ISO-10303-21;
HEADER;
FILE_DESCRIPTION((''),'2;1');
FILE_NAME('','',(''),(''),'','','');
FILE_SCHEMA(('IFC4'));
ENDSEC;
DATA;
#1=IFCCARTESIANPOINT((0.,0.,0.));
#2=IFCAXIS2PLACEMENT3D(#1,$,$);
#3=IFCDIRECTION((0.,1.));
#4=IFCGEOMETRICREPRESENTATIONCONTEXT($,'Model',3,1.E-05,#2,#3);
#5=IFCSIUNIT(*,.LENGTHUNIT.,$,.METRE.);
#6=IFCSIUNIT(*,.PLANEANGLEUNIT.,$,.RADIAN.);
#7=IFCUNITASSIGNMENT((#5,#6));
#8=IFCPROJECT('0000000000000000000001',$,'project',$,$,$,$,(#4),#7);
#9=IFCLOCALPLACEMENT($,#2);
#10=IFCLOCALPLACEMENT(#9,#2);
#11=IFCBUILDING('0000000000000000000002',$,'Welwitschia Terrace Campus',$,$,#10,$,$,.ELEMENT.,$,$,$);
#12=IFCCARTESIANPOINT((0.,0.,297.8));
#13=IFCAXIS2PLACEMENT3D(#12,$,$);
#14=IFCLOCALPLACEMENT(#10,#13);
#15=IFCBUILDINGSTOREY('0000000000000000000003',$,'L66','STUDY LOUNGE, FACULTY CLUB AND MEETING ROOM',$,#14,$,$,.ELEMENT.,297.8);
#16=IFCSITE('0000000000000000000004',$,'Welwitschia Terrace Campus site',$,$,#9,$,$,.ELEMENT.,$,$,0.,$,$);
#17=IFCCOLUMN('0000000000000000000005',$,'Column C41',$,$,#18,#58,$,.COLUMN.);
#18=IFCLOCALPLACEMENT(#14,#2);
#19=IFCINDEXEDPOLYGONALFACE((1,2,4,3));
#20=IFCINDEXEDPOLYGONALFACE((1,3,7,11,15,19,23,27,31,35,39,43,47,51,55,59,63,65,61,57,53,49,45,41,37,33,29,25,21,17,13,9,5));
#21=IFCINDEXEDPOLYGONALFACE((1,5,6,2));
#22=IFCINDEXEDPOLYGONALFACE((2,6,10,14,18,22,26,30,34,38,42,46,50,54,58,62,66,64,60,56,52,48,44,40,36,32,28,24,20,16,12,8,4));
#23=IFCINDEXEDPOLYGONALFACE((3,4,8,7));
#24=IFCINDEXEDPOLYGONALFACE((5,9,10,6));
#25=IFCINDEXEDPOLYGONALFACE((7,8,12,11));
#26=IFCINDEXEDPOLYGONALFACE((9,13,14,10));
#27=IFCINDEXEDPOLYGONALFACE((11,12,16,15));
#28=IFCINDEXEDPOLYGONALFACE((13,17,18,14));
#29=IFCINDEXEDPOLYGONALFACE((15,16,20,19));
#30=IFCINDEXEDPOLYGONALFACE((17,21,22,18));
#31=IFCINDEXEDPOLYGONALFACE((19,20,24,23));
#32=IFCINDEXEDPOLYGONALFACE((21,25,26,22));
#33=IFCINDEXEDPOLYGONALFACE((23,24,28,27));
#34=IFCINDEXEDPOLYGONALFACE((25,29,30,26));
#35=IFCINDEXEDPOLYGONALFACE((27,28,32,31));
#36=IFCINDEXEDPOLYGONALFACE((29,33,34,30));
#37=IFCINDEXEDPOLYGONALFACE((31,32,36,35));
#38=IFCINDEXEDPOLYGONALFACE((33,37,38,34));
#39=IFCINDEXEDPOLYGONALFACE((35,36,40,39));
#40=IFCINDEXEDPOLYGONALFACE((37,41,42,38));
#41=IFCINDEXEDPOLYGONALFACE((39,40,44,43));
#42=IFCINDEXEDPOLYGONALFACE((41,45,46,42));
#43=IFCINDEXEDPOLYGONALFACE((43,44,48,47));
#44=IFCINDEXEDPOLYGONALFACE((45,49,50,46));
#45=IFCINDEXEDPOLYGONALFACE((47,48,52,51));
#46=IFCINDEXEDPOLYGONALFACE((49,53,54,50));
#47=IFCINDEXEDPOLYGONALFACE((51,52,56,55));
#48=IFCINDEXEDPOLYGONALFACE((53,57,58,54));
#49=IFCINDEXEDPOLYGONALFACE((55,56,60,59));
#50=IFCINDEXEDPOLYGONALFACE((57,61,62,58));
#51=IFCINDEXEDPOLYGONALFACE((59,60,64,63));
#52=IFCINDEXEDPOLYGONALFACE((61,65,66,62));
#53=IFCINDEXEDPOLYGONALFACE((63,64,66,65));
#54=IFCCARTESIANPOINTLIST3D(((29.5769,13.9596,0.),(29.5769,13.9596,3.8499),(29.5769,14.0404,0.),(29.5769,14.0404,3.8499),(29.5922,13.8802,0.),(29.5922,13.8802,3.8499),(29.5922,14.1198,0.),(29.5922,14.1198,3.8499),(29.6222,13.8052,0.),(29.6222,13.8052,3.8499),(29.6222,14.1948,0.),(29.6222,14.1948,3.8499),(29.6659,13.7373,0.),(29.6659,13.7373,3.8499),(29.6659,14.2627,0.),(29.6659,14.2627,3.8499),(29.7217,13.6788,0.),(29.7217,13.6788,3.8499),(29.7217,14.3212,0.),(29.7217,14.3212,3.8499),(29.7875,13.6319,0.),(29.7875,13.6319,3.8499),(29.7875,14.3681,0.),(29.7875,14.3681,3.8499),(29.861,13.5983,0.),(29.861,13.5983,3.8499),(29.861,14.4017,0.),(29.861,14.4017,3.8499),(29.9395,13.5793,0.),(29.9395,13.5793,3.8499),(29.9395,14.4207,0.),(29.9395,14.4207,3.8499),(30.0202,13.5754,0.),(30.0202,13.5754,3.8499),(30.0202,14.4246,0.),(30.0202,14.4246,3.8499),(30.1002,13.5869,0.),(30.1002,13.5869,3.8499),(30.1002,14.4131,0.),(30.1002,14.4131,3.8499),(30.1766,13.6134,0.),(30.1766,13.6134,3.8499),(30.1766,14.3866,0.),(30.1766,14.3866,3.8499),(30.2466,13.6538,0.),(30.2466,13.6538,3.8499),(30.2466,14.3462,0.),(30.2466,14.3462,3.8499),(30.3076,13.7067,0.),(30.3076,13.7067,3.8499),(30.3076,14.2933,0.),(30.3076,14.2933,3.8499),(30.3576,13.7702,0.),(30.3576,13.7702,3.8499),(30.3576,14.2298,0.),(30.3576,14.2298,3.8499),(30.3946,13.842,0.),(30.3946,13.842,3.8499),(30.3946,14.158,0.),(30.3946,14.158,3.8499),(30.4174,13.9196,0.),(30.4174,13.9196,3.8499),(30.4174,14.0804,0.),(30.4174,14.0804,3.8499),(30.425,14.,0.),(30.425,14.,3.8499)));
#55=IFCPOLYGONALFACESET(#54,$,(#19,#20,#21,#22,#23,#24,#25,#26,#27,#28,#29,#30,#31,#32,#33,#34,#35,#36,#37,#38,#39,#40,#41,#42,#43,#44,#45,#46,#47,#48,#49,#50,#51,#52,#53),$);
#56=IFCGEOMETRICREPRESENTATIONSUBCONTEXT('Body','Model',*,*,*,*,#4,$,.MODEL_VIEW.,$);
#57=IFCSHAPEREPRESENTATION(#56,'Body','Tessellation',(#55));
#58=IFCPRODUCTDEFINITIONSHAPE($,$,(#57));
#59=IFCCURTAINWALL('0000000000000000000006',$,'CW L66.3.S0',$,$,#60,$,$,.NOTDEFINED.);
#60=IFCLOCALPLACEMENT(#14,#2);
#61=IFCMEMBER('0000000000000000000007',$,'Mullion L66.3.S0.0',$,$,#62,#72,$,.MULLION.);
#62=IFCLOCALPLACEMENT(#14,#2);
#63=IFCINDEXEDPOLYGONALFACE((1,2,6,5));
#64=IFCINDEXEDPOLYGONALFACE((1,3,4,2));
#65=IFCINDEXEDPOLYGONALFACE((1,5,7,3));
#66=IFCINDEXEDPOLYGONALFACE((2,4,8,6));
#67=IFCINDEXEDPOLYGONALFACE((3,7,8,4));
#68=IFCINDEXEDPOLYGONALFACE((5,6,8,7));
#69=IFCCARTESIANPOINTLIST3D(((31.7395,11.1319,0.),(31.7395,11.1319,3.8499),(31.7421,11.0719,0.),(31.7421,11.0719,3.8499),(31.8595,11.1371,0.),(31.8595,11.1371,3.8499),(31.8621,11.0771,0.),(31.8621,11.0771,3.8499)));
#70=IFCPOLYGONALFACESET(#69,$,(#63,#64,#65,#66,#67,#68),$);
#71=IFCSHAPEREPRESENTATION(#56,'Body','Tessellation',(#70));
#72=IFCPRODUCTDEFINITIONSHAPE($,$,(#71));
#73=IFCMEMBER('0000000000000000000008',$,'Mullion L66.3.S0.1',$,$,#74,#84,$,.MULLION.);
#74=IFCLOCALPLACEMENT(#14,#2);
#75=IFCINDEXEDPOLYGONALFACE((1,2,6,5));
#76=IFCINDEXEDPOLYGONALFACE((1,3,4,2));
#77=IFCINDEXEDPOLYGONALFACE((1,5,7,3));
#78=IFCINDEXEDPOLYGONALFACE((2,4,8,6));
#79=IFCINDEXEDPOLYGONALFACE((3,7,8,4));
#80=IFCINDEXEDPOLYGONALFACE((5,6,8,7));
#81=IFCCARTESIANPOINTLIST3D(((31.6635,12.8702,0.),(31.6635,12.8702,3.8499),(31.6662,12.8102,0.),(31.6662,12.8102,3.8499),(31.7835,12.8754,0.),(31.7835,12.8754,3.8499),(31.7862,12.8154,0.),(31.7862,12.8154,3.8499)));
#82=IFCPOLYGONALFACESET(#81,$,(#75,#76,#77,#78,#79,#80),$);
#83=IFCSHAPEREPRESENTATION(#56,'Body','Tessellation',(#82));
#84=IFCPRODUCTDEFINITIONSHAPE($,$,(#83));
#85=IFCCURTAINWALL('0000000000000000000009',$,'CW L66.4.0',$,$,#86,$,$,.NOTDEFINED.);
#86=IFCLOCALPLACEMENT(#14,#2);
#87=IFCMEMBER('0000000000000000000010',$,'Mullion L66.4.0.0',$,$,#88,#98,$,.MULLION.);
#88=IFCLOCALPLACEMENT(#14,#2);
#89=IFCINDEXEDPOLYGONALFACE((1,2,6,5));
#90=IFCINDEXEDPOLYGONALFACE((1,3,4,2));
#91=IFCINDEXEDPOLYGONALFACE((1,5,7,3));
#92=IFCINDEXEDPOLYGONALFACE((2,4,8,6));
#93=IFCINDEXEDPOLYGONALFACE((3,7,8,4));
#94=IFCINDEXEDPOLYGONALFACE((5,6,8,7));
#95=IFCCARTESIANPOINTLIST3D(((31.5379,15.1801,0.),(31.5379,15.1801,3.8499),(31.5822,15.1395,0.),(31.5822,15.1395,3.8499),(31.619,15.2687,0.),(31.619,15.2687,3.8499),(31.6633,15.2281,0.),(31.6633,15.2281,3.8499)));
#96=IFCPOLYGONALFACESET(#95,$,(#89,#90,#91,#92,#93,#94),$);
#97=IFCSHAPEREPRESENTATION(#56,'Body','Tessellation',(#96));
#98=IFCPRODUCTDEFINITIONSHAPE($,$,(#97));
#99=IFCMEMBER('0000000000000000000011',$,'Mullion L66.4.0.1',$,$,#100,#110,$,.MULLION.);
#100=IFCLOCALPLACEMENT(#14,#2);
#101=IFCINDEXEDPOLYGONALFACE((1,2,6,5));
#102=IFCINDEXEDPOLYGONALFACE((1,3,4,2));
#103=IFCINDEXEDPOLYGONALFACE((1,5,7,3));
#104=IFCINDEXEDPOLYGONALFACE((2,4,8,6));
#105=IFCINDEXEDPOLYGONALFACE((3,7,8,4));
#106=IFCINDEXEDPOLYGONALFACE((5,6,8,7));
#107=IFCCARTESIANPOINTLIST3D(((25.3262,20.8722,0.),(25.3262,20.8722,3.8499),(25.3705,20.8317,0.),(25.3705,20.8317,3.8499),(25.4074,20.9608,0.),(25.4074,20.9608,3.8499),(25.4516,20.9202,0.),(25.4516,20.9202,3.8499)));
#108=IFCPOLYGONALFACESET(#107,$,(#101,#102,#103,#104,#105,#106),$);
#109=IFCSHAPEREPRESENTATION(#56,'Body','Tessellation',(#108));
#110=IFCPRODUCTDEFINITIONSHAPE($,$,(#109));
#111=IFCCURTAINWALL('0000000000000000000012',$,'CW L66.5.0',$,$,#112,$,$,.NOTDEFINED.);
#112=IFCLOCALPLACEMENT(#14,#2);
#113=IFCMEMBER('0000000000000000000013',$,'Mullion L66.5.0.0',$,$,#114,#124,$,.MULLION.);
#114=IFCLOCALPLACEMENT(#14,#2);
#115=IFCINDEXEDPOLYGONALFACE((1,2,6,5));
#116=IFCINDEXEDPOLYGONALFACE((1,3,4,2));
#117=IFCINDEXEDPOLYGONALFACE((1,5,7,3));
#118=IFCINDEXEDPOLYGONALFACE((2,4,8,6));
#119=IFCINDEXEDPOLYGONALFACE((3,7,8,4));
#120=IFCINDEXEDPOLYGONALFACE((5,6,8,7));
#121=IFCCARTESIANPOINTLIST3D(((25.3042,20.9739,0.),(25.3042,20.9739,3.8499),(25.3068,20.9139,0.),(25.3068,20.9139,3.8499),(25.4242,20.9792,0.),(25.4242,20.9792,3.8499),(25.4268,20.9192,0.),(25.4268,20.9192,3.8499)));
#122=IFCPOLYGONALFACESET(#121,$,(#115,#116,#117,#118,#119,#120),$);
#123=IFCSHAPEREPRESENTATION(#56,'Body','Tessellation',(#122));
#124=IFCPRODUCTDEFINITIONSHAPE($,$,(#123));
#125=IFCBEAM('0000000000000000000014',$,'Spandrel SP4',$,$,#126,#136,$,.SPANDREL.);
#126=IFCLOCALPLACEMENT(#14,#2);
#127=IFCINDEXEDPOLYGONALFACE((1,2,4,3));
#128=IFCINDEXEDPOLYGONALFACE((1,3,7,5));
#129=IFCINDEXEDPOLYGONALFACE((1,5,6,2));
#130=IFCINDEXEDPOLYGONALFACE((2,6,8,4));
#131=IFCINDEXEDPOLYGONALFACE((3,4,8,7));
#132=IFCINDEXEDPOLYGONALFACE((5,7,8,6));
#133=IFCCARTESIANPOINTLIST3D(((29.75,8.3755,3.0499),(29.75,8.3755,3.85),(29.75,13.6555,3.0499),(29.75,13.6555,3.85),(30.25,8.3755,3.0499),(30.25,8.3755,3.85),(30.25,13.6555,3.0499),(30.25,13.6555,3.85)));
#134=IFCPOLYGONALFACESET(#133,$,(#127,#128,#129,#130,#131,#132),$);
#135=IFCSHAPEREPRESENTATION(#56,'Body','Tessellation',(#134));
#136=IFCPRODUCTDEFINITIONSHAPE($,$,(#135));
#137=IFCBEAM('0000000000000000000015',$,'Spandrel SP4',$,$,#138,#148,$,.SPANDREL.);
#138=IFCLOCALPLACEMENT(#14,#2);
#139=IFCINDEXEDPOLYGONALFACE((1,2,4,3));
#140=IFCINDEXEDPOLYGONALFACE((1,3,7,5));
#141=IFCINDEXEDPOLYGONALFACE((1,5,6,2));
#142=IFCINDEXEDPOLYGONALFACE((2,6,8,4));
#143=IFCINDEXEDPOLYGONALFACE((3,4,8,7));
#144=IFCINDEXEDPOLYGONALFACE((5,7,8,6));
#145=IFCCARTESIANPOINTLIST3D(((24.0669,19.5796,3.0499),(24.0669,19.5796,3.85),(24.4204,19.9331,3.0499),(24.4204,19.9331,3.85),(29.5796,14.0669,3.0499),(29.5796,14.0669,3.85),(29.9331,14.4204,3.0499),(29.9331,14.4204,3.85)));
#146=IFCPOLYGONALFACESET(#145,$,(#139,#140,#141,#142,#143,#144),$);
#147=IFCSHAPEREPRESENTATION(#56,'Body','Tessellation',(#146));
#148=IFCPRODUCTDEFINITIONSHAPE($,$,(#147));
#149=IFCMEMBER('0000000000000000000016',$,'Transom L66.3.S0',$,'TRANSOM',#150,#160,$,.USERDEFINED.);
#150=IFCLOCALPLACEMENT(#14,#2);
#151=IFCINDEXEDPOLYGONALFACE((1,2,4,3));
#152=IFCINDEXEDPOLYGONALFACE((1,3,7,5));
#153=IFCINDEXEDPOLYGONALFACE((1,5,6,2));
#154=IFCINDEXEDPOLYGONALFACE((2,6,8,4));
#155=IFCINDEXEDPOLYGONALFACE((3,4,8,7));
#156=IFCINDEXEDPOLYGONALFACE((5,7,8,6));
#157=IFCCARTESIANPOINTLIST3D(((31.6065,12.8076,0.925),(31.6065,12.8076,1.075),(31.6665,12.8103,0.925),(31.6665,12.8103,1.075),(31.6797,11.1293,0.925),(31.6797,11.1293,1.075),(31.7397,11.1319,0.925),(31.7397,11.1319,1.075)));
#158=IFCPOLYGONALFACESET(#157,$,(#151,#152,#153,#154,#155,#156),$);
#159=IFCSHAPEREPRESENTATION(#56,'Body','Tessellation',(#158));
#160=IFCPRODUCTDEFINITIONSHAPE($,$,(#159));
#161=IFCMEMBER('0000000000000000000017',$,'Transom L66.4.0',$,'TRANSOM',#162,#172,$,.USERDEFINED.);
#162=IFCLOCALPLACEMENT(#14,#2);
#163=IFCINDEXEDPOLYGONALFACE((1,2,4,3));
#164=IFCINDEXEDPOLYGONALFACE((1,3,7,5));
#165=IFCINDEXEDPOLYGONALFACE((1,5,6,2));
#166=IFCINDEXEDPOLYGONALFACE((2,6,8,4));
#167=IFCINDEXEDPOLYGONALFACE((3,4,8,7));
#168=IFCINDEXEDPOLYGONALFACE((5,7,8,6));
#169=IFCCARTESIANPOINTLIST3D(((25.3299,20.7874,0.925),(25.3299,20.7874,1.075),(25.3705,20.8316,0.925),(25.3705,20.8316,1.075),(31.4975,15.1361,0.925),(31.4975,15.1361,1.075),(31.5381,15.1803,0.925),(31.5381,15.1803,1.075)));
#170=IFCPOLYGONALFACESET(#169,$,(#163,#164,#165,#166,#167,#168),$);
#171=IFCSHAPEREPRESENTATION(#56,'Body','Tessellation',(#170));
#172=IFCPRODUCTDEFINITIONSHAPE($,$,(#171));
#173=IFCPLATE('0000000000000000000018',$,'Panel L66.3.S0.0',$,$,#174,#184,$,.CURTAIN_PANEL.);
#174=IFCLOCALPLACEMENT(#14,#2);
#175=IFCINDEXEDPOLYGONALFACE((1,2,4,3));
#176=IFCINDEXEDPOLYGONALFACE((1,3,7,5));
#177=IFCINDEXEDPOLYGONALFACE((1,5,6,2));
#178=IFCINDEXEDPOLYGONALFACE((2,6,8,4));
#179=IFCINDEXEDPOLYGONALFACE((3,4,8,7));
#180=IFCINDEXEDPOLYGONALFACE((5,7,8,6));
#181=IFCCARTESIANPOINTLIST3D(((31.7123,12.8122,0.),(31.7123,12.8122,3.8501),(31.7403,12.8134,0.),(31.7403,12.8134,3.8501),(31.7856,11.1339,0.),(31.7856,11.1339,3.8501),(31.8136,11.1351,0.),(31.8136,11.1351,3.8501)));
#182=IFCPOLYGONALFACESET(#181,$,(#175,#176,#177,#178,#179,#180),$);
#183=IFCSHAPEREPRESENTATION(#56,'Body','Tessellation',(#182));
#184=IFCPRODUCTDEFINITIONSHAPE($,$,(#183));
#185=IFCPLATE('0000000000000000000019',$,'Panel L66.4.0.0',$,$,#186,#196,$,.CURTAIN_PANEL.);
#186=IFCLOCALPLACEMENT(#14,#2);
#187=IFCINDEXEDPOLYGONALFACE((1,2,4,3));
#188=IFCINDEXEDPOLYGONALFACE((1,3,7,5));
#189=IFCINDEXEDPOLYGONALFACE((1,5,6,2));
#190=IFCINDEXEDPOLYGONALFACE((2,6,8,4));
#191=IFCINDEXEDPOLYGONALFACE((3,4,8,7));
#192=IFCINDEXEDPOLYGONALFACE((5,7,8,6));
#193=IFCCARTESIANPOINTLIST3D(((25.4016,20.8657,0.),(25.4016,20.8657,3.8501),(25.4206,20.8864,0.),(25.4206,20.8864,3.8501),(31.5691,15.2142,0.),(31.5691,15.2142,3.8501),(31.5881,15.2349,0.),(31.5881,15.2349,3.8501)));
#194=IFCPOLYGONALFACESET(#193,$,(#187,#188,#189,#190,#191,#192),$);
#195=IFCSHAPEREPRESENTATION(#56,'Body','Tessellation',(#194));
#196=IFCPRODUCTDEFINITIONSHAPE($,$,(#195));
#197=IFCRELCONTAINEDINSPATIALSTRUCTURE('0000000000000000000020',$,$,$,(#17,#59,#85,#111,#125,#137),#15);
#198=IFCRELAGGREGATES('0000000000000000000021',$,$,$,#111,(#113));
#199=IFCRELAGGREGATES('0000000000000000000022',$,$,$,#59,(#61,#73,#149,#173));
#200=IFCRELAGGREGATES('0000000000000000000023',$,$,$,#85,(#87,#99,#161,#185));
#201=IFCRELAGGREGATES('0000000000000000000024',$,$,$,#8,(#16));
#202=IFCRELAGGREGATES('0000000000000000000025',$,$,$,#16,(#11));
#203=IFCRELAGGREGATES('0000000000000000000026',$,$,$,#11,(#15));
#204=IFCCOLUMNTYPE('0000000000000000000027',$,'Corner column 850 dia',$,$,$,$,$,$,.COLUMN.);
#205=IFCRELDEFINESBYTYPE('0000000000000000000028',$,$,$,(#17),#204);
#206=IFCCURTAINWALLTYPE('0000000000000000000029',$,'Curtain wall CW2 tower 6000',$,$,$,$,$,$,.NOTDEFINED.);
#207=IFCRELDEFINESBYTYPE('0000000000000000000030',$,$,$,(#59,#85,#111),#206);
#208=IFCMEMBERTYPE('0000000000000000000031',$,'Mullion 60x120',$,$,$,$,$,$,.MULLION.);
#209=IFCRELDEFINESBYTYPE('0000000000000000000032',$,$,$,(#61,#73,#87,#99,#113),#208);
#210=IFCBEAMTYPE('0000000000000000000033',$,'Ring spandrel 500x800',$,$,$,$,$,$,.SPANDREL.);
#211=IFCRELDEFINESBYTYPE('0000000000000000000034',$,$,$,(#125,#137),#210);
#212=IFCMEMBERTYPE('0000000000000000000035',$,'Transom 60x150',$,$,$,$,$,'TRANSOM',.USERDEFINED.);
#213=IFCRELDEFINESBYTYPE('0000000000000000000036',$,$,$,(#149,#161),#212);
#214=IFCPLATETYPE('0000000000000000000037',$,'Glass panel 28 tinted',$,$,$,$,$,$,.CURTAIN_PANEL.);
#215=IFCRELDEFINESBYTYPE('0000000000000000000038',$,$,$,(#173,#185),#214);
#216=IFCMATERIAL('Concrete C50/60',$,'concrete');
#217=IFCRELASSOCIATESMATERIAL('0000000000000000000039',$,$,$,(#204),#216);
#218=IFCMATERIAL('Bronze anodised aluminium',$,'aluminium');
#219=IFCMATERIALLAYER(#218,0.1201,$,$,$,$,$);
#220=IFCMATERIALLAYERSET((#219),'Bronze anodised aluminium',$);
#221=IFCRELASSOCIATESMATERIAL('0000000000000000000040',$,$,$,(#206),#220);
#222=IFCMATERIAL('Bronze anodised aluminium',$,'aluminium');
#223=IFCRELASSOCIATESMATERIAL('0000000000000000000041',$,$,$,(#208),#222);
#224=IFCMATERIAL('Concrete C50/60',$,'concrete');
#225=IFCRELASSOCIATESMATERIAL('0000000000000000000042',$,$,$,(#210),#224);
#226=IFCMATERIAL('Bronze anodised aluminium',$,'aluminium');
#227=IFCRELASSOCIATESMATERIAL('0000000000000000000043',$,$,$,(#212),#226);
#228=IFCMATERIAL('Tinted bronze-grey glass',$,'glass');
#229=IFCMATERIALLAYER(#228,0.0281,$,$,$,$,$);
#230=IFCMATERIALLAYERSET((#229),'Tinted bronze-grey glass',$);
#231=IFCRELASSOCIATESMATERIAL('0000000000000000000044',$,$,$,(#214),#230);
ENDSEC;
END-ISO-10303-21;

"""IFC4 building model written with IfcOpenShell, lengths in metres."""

from ifc_helpers import new_model, si_unit, direction, frame, origin, origin_2d, place, context, subcontext, project, spatial, rectangle, circle, extrude, material, layer, layer_set, material_profile, profile_set, type_object, element, aggregate, save


model = new_model("IFC4")

# Units and contexts
model_context = context("Model", 3, precision=1e-05, world=origin(), true_north=direction((0.0, 1.0)))
body_context = subcontext(model_context, "Body", "Model", "MODEL_VIEW")
ifc_project = project(units=[si_unit("LENGTHUNIT", "METRE"), si_unit("PLANEANGLEUNIT", "RADIAN")], contexts=[model_context])

# Site, building, storey
site_placement = place(None, origin())
site = spatial("IfcSite", under=ifc_project, at=site_placement, Name="Welwitschia Terrace Campus site", CompositionType="ELEMENT", RefElevation=0.0)
building_placement = place(site_placement, origin())
building = spatial("IfcBuilding", under=site, at=building_placement, Name="Welwitschia Terrace Campus", CompositionType="ELEMENT")
storey_placement = place(building_placement, frame((0.0, 0.0, 297.8)))
storey = spatial("IfcBuildingStorey", under=building, at=storey_placement, Name="L66", Description="STUDY LOUNGE, FACULTY CLUB AND MEETING ROOM", CompositionType="ELEMENT", Elevation=297.8)

# Column
ifc_material_1 = material(Name="Concrete C50/60", Category="concrete")
ifc_material_profile_1 = material_profile(ifc_material_1, circle(Radius=0.425, at=origin_2d()))
ifc_profile_set_1 = profile_set([ifc_material_profile_1], Name="Concrete C50/60")
column_type = type_object("IfcColumnType", Name="Corner column 850 dia", PredefinedType="COLUMN", material=ifc_profile_set_1)
column_placement = place(storey_placement, frame((30.0, 14.0, 0.0), z_axis=(0.0, 0.0, 1.0), x_axis=(1.0, 0.0, 0.0)))
element("IfcColumn", 1, at=column_placement, inside=storey, type_object=column_type, Name="Column C41", PredefinedType="COLUMN", context=body_context, shape_type="SweptSolid", body=[
    extrude(circle(Radius=0.425, at=origin_2d()), origin(), (0.0, 0.0, 1.0), 3.8499),
])

# Curtain walls, members
ifc_material_2 = material(Name="Bronze anodised aluminium", Category="aluminium")
ifc_layer_1 = layer(ifc_material_2, 0.1201)
ifc_layer_set_1 = layer_set([ifc_layer_1], Name="Bronze anodised aluminium")
curtain_wall_type = type_object("IfcCurtainWallType", Name="Curtain wall CW2 tower 6000", PredefinedType="NOTDEFINED", material=ifc_layer_set_1)
curtain_wall_1_placement = place(storey_placement, origin())
curtain_wall_1 = element("IfcCurtainWall", 2, at=curtain_wall_1_placement, inside=storey, type_object=curtain_wall_type, Name="CW L66.3.S0", PredefinedType="NOTDEFINED")
ifc_material_3 = material(Name="Bronze anodised aluminium", Category="aluminium")
ifc_material_profile_2 = material_profile(ifc_material_3, rectangle(XDim=0.1201, YDim=0.0601, at=origin_2d()))
ifc_profile_set_2 = profile_set([ifc_material_profile_2], Name="Bronze anodised aluminium")
member_type_1 = type_object("IfcMemberType", Name="Mullion 60x120", PredefinedType="MULLION", material=ifc_profile_set_2)
member_1_placement = place(storey_placement, frame((31.8008, 11.1045, 0.0), z_axis=(0.0, 0.0, 1.0), x_axis=(-0.999048, -0.043619, 0.0)))
member_1 = element("IfcMember", 3, at=member_1_placement, type_object=member_type_1, Name="Mullion L66.3.S0.0", PredefinedType="MULLION", context=body_context, shape_type="SweptSolid", body=[
    extrude(rectangle(XDim=0.1201, YDim=0.0601, at=origin_2d()), origin(), (0.0, 0.0, 1.0), 3.8499),
])
member_2_placement = place(storey_placement, frame((31.7249, 12.8428, 0.0), z_axis=(0.0, 0.0, 1.0), x_axis=(-0.999048, -0.043619, 0.0)))
member_2 = element("IfcMember", 4, at=member_2_placement, type_object=member_type_1, Name="Mullion L66.3.S0.1", PredefinedType="MULLION", context=body_context, shape_type="SweptSolid", body=[
    extrude(rectangle(XDim=0.1201, YDim=0.0601, at=origin_2d()), origin(), (0.0, 0.0, 1.0), 3.8499),
])
curtain_wall_2_placement = place(storey_placement, origin())
curtain_wall_2 = element("IfcCurtainWall", 5, at=curtain_wall_2_placement, inside=storey, type_object=curtain_wall_type, Name="CW L66.4.0", PredefinedType="NOTDEFINED")
member_3_placement = place(storey_placement, frame((31.6006, 15.2041, 0.0), z_axis=(0.0, 0.0, 1.0), x_axis=(-0.67559, -0.737277, 0.0)))
member_3 = element("IfcMember", 6, at=member_3_placement, type_object=member_type_1, Name="Mullion L66.4.0.0", PredefinedType="MULLION", context=body_context, shape_type="SweptSolid", body=[
    extrude(rectangle(XDim=0.1201, YDim=0.0601, at=origin_2d()), origin(), (0.0, 0.0, 1.0), 3.8499),
])
member_4_placement = place(storey_placement, frame((25.3889, 20.8962, 0.0), z_axis=(0.0, 0.0, 1.0), x_axis=(-0.67559, -0.737277, 0.0)))
member_4 = element("IfcMember", 7, at=member_4_placement, type_object=member_type_1, Name="Mullion L66.4.0.1", PredefinedType="MULLION", context=body_context, shape_type="SweptSolid", body=[
    extrude(rectangle(XDim=0.1201, YDim=0.0601, at=origin_2d()), origin(), (0.0, 0.0, 1.0), 3.8499),
])

# Curtain wall, member
curtain_wall_3_placement = place(storey_placement, origin())
curtain_wall_3 = element("IfcCurtainWall", 8, at=curtain_wall_3_placement, inside=storey, type_object=curtain_wall_type, Name="CW L66.5.0", PredefinedType="NOTDEFINED")
member_5_placement = place(storey_placement, frame((25.3655, 20.9465, 0.0), z_axis=(0.0, 0.0, 1.0), x_axis=(-0.999048, -0.043619, 0.0)))
member_5 = element("IfcMember", 9, at=member_5_placement, type_object=member_type_1, Name="Mullion L66.5.0.0", PredefinedType="MULLION", context=body_context, shape_type="SweptSolid", body=[
    extrude(rectangle(XDim=0.1201, YDim=0.0601, at=origin_2d()), origin(), (0.0, 0.0, 1.0), 3.8499),
])
aggregate(curtain_wall_3, [member_5])

# Beams
ifc_material_4 = material(Name="Concrete C50/60", Category="concrete")
ifc_material_profile_3 = material_profile(ifc_material_4, rectangle(XDim=0.5, YDim=0.8, at=origin_2d()))
ifc_profile_set_3 = profile_set([ifc_material_profile_3], Name="Concrete C50/60")
beam_type = type_object("IfcBeamType", Name="Ring spandrel 500x800", PredefinedType="SPANDREL", material=ifc_profile_set_3)
beam_1_placement = place(storey_placement, frame((30.0, 8.3755, 3.45), z_axis=(0.0, 1.0, 0.0), x_axis=(-1.0, 0.0, 0.0)))
element("IfcBeam", 10, at=beam_1_placement, inside=storey, type_object=beam_type, Name="Spandrel SP4", PredefinedType="SPANDREL", context=body_context, shape_type="SweptSolid", body=[
    extrude(rectangle(XDim=0.5, YDim=0.8, at=origin_2d()), origin(), (0.0, 0.0, 1.0), 5.28),
])
beam_2_placement = place(storey_placement, frame((29.7563, 14.2437, 3.45), z_axis=(-0.707107, 0.707107, 0.0), x_axis=(-0.707107, -0.707107, 0.0)))
element("IfcBeam", 11, at=beam_2_placement, inside=storey, type_object=beam_type, Name="Spandrel SP4", PredefinedType="SPANDREL", context=body_context, shape_type="SweptSolid", body=[
    extrude(rectangle(XDim=0.5, YDim=0.8, at=origin_2d()), origin(), (0.0, 0.0, 1.0), 7.7961),
])

# Members
ifc_material_5 = material(Name="Bronze anodised aluminium", Category="aluminium")
ifc_material_profile_4 = material_profile(ifc_material_5, rectangle(XDim=0.0601, YDim=0.1499, at=origin_2d()))
ifc_profile_set_4 = profile_set([ifc_material_profile_4], Name="Bronze anodised aluminium")
member_type_2 = type_object("IfcMemberType", Name="Transom 60x150", ElementType="TRANSOM", PredefinedType="USERDEFINED", material=ifc_profile_set_4)
member_6_placement = place(storey_placement, frame((31.7097, 11.1306, 1.0), z_axis=(-0.043601, 0.999049, 0.0), x_axis=(-0.999049, -0.043601, 0.0)))
member_6 = element("IfcMember", 12, at=member_6_placement, type_object=member_type_2, Name="Transom L66.3.S0", ObjectType="TRANSOM", PredefinedType="USERDEFINED", context=body_context, shape_type="SweptSolid", body=[
    extrude(rectangle(XDim=0.0601, YDim=0.1499, at=origin_2d()), origin(), (0.0, 0.0, 1.0), 1.6799),
])
member_7_placement = place(storey_placement, frame((31.5178, 15.1582, 1.0), z_axis=(-0.737296, 0.67557, 0.0), x_axis=(-0.67557, -0.737296, 0.0)))
member_7 = element("IfcMember", 13, at=member_7_placement, type_object=member_type_2, Name="Transom L66.4.0", ObjectType="TRANSOM", PredefinedType="USERDEFINED", context=body_context, shape_type="SweptSolid", body=[
    extrude(rectangle(XDim=0.0601, YDim=0.1499, at=origin_2d()), origin(), (0.0, 0.0, 1.0), 8.3652),
])

# Plates
ifc_material_6 = material(Name="Tinted bronze-grey glass", Category="glass")
ifc_layer_2 = layer(ifc_material_6, 0.0281)
ifc_layer_set_2 = layer_set([ifc_layer_2], Name="Tinted bronze-grey glass")
plate_type = type_object("IfcPlateType", Name="Glass panel 28 tinted", PredefinedType="CURTAIN_PANEL", material=ifc_layer_set_2)
plate_1_placement = place(storey_placement, frame((31.7629, 11.9736, 0.0), z_axis=(0.0, 0.0, 1.0), x_axis=(-0.043619, 0.999048, 0.0)))
plate_1 = element("IfcPlate", 14, at=plate_1_placement, type_object=plate_type, Name="Panel L66.3.S0.0", PredefinedType="CURTAIN_PANEL", context=body_context, shape_type="SweptSolid", body=[
    extrude(rectangle(XDim=1.6799, YDim=0.0281, at=origin_2d()), origin(), (0.0, 0.0, 1.0), 3.8501),
])
aggregate(curtain_wall_1, [member_1, member_2, member_6, plate_1])
plate_2_placement = place(storey_placement, frame((28.4949, 18.0503, 0.0), z_axis=(0.0, 0.0, 1.0), x_axis=(-0.737277, 0.67559, 0.0)))
plate_2 = element("IfcPlate", 15, at=plate_2_placement, type_object=plate_type, Name="Panel L66.4.0.0", PredefinedType="CURTAIN_PANEL", context=body_context, shape_type="SweptSolid", body=[
    extrude(rectangle(XDim=8.3652, YDim=0.0281, at=origin_2d()), origin(), (0.0, 0.0, 1.0), 3.8501),
])
aggregate(curtain_wall_2, [member_3, member_4, member_7, plate_2])

save(model, "model.ifc")
